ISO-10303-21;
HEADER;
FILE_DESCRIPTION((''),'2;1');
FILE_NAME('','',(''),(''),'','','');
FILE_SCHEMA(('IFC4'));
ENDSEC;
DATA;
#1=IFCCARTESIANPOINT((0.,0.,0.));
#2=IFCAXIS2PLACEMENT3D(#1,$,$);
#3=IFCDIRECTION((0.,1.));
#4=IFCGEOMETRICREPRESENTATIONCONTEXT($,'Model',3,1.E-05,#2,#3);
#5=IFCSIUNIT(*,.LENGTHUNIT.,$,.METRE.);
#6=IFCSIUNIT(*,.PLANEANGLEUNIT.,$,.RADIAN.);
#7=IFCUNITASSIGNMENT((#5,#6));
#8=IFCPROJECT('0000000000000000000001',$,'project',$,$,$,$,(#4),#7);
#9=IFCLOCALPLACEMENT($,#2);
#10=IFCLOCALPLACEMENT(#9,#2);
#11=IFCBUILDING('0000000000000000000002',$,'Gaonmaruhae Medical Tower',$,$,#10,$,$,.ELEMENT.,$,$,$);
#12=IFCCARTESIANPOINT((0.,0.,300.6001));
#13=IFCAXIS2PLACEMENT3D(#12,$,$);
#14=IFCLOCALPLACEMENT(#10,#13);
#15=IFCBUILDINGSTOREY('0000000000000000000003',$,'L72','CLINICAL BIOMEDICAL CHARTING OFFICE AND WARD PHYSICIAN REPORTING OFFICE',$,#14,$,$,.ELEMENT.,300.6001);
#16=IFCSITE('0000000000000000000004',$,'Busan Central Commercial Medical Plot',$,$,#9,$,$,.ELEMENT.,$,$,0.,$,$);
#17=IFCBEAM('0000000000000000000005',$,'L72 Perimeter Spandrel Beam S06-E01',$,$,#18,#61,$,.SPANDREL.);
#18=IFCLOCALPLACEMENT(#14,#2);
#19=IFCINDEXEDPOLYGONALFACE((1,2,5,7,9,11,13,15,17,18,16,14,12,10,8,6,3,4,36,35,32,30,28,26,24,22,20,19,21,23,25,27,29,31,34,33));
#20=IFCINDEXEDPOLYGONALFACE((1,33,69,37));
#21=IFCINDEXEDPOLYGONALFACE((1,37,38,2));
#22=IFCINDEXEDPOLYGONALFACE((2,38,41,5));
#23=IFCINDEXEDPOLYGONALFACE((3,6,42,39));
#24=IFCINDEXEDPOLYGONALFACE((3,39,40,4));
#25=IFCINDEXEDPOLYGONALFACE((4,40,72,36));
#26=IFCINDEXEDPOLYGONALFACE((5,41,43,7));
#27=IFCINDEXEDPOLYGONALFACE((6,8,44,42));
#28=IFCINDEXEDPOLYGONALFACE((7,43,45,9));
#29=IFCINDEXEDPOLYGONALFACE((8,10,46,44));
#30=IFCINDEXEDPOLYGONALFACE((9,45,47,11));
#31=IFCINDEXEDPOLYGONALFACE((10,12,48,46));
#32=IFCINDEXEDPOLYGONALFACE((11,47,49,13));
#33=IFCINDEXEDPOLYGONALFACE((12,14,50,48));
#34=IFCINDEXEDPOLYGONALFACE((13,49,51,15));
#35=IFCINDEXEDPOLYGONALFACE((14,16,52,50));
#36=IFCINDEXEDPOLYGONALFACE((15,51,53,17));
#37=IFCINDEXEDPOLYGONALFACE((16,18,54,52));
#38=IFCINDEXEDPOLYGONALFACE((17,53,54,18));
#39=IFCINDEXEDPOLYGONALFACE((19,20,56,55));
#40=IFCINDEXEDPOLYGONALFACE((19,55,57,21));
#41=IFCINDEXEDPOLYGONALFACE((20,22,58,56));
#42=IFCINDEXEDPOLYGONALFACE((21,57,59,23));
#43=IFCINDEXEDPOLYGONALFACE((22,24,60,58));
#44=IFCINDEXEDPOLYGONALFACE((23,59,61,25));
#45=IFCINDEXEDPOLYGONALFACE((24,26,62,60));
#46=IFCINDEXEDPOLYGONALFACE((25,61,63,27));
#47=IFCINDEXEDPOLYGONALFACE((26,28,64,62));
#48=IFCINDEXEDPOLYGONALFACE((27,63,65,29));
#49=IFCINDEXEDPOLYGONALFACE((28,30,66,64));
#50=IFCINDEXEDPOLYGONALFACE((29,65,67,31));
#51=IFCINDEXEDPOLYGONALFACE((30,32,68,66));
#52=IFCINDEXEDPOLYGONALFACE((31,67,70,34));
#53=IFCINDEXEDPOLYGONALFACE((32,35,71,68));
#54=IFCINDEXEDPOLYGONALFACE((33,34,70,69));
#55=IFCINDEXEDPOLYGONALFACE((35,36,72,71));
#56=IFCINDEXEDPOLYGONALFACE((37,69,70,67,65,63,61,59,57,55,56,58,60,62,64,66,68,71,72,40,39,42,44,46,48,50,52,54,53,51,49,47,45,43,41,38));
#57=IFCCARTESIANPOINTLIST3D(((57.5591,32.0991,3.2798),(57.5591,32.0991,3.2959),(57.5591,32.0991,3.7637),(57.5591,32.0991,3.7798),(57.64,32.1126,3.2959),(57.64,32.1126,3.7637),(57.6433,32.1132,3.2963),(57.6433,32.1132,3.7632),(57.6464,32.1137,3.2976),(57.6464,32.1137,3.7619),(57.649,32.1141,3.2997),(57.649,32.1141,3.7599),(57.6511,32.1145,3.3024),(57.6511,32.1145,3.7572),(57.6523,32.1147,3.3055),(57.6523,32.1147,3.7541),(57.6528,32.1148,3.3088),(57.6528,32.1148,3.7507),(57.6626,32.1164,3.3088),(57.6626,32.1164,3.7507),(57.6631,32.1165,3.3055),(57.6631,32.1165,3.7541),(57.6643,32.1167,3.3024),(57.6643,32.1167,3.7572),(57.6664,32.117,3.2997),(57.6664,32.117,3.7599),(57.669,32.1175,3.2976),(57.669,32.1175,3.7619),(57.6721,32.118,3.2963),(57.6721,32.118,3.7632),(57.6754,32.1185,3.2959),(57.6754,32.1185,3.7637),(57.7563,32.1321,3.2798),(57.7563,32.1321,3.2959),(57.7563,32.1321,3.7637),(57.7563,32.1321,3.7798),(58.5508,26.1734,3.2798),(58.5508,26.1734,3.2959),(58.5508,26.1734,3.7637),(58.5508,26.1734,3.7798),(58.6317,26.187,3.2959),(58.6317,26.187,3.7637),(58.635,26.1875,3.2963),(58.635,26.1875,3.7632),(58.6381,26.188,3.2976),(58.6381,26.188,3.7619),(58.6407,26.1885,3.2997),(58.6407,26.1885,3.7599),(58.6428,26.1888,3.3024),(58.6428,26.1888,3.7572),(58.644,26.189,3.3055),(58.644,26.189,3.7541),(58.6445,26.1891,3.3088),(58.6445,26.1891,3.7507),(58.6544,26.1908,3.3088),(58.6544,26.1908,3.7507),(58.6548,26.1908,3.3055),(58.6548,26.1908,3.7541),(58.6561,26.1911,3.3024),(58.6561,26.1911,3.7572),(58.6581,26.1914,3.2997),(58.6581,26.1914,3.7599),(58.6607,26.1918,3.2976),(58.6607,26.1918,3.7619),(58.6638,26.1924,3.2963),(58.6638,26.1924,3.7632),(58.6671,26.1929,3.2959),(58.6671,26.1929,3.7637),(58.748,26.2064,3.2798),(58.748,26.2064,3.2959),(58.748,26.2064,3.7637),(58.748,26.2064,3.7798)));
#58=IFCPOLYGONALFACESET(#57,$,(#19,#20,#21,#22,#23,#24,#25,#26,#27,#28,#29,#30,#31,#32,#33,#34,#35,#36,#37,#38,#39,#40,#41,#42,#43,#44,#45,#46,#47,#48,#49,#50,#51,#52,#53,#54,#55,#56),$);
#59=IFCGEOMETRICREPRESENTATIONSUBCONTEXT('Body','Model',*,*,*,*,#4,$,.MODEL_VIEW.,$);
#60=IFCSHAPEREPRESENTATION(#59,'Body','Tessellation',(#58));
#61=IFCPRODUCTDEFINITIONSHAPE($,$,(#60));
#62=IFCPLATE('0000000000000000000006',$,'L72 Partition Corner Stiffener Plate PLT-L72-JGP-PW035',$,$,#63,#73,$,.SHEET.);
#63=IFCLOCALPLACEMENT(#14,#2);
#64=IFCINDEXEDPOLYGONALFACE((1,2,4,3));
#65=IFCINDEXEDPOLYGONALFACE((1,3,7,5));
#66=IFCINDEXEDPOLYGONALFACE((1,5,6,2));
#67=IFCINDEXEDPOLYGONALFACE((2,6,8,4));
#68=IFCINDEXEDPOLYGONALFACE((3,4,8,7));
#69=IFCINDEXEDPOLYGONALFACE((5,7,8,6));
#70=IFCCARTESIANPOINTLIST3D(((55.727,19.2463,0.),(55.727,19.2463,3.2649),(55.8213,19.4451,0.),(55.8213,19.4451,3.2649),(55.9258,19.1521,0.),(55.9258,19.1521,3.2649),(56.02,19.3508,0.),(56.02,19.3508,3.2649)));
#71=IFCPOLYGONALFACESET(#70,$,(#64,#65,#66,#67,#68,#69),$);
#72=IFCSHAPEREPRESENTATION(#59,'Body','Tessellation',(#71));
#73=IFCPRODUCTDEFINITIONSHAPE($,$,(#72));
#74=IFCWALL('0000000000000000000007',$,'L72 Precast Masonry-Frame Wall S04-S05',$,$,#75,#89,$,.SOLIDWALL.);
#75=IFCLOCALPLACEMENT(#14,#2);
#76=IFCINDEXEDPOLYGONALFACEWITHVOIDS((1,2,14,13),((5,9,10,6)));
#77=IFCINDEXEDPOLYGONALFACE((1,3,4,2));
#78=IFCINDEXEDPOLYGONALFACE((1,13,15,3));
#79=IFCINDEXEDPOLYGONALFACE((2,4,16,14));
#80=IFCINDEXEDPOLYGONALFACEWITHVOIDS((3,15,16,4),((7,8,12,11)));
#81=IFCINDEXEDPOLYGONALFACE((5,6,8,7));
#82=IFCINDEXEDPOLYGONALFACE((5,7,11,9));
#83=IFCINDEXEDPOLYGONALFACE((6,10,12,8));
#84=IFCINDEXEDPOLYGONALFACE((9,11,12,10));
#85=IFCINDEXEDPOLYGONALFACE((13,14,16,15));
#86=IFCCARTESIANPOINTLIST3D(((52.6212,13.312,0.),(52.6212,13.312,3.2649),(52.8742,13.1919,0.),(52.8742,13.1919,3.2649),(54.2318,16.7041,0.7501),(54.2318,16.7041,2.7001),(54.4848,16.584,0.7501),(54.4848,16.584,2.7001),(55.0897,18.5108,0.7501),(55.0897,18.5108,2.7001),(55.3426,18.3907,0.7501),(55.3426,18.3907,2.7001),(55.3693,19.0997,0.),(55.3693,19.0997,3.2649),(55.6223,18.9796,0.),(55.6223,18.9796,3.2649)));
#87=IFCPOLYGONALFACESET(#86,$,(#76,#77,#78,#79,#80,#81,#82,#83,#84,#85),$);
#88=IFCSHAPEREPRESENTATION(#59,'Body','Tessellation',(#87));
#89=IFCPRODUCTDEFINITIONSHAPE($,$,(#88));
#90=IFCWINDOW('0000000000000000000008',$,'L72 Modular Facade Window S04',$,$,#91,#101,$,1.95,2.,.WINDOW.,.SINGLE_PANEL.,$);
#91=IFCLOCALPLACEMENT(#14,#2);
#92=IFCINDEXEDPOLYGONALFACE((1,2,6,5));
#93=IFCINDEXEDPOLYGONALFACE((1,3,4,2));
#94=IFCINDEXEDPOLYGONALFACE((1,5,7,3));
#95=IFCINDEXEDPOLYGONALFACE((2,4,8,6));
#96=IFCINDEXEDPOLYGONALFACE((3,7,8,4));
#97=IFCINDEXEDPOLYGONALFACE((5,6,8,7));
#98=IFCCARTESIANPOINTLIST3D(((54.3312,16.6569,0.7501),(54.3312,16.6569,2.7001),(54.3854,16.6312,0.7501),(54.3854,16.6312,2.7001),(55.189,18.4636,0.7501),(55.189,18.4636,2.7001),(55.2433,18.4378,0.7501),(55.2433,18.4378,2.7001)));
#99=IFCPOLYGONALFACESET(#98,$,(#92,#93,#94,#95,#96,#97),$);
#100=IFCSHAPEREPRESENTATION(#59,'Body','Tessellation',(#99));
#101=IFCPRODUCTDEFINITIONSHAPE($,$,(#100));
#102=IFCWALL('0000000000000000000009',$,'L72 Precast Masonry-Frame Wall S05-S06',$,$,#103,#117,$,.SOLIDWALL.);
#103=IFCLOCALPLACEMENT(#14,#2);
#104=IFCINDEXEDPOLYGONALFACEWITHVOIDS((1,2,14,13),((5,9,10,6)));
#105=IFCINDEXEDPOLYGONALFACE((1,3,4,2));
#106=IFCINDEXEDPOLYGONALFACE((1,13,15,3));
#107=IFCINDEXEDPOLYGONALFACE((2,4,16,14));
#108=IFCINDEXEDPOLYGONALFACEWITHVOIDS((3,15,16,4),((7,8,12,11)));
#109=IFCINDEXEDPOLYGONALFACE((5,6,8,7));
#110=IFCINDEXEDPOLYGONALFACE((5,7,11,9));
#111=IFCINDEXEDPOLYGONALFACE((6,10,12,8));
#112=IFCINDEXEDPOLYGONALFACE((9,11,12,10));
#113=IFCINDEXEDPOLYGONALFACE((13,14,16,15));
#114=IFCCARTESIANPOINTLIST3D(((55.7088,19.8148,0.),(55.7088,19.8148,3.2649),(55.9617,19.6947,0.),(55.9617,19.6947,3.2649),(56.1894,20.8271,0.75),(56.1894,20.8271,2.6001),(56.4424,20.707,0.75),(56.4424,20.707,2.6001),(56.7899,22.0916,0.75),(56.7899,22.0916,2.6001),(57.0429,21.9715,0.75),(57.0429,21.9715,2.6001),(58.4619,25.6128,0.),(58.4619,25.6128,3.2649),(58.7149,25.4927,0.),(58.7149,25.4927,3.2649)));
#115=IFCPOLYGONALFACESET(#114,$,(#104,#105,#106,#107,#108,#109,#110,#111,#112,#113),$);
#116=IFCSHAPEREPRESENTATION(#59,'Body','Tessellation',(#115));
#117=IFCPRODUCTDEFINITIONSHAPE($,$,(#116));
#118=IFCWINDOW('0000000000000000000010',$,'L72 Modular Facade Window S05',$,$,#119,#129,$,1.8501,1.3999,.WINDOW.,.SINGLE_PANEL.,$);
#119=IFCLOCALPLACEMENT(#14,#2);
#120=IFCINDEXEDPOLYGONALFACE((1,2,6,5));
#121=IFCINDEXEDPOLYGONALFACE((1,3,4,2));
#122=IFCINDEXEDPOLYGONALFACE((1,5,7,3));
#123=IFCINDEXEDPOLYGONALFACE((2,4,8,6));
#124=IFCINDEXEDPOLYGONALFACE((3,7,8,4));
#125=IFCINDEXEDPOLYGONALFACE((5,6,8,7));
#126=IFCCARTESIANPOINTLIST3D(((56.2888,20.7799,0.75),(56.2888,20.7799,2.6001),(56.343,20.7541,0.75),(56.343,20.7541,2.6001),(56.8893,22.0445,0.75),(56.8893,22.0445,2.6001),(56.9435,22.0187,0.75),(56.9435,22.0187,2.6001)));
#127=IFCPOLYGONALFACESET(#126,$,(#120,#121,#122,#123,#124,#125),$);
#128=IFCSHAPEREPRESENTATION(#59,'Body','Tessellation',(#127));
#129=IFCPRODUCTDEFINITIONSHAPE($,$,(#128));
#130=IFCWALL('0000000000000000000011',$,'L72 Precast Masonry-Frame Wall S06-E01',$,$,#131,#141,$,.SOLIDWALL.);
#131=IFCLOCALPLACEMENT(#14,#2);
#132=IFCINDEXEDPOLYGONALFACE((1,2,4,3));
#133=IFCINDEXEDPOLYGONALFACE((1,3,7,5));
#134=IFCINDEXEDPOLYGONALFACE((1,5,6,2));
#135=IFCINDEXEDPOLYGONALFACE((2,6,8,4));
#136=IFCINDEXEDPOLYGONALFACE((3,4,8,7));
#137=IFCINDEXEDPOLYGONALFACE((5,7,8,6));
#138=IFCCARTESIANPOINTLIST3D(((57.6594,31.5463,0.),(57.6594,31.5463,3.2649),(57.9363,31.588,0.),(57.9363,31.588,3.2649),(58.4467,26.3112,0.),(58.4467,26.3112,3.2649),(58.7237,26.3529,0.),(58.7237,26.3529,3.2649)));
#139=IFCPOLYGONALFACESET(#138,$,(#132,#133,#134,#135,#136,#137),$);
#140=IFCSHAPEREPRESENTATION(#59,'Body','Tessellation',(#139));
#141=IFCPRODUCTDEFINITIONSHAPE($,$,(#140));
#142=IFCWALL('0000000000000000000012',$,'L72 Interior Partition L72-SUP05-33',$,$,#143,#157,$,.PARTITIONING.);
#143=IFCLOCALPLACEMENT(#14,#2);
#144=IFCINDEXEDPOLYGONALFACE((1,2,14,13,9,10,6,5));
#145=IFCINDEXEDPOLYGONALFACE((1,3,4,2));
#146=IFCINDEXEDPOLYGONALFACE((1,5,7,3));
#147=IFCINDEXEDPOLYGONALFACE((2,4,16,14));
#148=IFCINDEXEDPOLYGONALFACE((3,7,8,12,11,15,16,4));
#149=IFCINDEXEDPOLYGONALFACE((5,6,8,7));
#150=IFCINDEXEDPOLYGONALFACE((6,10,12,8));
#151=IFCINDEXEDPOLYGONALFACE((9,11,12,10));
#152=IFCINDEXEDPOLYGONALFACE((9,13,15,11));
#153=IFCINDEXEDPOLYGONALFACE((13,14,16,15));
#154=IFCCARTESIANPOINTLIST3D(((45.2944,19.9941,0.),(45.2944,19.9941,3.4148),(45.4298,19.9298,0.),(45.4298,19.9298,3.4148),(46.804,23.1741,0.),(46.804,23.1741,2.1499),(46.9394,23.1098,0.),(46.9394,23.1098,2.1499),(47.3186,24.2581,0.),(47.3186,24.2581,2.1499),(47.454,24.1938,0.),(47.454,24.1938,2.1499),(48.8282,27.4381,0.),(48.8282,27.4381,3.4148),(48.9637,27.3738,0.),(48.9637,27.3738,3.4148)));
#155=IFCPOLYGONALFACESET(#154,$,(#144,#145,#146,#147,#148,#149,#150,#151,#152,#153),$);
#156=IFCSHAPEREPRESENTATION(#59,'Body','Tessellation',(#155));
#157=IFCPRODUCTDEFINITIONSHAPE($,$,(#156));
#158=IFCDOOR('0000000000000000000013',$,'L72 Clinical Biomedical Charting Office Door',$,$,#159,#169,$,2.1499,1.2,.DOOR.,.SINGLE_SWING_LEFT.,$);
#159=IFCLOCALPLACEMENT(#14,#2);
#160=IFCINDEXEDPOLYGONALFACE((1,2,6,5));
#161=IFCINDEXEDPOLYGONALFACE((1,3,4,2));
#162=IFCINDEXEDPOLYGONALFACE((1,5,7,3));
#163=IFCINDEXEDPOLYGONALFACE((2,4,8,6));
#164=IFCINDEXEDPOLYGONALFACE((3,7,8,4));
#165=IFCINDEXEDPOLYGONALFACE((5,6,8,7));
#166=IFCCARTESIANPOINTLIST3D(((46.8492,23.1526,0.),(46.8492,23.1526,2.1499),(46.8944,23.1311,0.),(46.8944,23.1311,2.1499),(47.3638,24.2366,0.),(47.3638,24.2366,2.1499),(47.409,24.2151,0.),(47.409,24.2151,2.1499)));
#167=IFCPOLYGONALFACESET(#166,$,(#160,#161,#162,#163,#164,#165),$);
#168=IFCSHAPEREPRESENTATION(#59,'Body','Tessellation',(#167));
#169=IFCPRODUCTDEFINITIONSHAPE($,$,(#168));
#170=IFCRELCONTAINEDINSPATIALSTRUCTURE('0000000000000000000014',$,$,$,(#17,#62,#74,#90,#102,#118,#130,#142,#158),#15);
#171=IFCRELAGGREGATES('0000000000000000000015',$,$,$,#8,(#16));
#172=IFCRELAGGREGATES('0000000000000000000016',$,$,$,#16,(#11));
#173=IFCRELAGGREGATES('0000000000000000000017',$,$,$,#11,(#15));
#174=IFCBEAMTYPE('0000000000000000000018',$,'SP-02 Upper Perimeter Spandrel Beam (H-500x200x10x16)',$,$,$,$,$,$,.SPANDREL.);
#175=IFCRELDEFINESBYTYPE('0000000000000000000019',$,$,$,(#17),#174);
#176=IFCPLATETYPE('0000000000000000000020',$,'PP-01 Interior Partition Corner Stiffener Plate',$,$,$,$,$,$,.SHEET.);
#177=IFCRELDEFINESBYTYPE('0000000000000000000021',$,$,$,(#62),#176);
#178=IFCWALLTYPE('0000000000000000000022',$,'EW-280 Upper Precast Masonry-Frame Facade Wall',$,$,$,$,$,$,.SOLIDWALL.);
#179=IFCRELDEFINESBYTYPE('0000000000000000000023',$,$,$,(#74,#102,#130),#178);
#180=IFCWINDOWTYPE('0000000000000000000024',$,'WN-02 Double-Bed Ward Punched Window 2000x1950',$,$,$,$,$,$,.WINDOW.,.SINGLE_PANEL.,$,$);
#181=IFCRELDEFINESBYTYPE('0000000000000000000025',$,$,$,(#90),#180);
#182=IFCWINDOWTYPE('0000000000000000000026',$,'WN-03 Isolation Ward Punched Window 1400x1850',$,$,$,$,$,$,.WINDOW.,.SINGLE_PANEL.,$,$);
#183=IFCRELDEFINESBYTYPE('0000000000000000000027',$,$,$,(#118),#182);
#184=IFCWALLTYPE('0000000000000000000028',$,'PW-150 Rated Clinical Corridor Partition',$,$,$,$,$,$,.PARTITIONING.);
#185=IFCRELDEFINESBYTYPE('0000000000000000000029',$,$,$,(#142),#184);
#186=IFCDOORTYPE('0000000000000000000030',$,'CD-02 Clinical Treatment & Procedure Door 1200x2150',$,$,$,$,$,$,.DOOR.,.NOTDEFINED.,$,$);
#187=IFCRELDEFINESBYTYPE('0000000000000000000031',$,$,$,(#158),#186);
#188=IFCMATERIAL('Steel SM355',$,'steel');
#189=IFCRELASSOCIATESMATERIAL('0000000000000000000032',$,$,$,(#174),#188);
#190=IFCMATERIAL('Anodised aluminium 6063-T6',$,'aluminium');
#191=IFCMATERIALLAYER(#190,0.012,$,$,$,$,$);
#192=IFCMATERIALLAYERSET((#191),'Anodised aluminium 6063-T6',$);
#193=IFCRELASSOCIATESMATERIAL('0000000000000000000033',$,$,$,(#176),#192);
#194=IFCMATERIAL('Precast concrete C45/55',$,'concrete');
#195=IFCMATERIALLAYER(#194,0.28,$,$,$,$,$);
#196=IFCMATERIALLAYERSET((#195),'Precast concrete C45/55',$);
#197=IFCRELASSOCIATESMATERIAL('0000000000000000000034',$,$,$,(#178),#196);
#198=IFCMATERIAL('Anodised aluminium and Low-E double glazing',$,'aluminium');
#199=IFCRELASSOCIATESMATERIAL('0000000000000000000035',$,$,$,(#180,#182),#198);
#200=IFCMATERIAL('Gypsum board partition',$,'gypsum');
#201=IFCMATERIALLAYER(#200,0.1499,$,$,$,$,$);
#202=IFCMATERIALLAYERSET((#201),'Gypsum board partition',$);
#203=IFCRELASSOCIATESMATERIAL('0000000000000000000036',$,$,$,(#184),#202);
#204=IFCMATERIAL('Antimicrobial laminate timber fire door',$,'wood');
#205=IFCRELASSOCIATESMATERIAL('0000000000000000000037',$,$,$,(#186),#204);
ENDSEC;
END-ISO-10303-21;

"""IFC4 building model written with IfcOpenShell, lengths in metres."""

from ifc_helpers import new_model, si_unit, direction, frame, frame_2d, origin, origin_2d, place, context, subcontext, project, spatial, rectangle, i_section, extrude, material, layer, layer_set, material_profile, profile_set, type_object, element, fill, save


model = new_model("IFC4")

# Units and contexts
model_context = context("Model", 3, precision=1e-05, world=origin(), true_north=direction((0.0, 1.0)))
body_context = subcontext(model_context, "Body", "Model", "MODEL_VIEW")
ifc_project = project(units=[si_unit("LENGTHUNIT", "METRE"), si_unit("PLANEANGLEUNIT", "RADIAN")], contexts=[model_context])

# Site, building, storey
site_placement = place(None, origin())
site = spatial("IfcSite", under=ifc_project, at=site_placement, Name="Busan Central Commercial Medical Plot", CompositionType="ELEMENT", RefElevation=0.0)
building_placement = place(site_placement, origin())
building = spatial("IfcBuilding", under=site, at=building_placement, Name="Gaonmaruhae Medical Tower", CompositionType="ELEMENT")
storey_placement = place(building_placement, frame((0.0, 0.0, 300.6001)))
storey = spatial("IfcBuildingStorey", under=building, at=storey_placement, Name="L72", Description="CLINICAL BIOMEDICAL CHARTING OFFICE AND WARD PHYSICIAN REPORTING OFFICE", CompositionType="ELEMENT", Elevation=300.6001)

# Beam
ifc_material_1 = material(Name="Steel SM355", Category="steel")
ifc_material_profile_1 = material_profile(ifc_material_1, i_section(OverallWidth=0.2, OverallDepth=0.5, WebThickness=0.01, FlangeThickness=0.0161, FilletRadius=0.0129, at=origin_2d()), Name="H-500x200x10x16")
ifc_profile_set_1 = profile_set([ifc_material_profile_1], Name="Steel SM355")
beam_type_1 = type_object("IfcBeamType", Name="SP-02 Upper Perimeter Spandrel Beam (H-500x200x10x16)", PredefinedType="SPANDREL", material=ifc_profile_set_1)
beam_1_placement = place(storey_placement, frame((58.6494, 26.1899, 3.5298), z_axis=(-0.165065, 0.986283, 0.0), x_axis=(-0.986283, -0.165065, 0.0)))
element("IfcBeam", 1, at=beam_1_placement, inside=storey, type_object=beam_type_1, Name="L72 Perimeter Spandrel Beam S06-E01", PredefinedType="SPANDREL", context=body_context, shape_type="SweptSolid", body=[
    extrude(i_section(OverallWidth=0.2, OverallDepth=0.5, WebThickness=0.01, FlangeThickness=0.0161, FilletRadius=0.0129, at=origin_2d()), origin(), (0.0, 0.0, 1.0), 6.0081),
])

# Plate
ifc_material_2 = material(Name="Anodised aluminium 6063-T6", Category="aluminium")
ifc_layer_1 = layer(ifc_material_2, 0.012)
ifc_layer_set_1 = layer_set([ifc_layer_1], Name="Anodised aluminium 6063-T6")
plate_type = type_object("IfcPlateType", Name="PP-01 Interior Partition Corner Stiffener Plate", PredefinedType="SHEET", material=ifc_layer_set_1)
plate_placement = place(storey_placement, frame((55.8735, 19.2986, 0.0), z_axis=(0.0, 0.0, 1.0), x_axis=(-0.428415, -0.903582, 0.0)))
element("IfcPlate", 2, at=plate_placement, inside=storey, type_object=plate_type, Name="L72 Partition Corner Stiffener Plate PLT-L72-JGP-PW035", PredefinedType="SHEET", context=body_context, shape_type="SweptSolid", body=[
    extrude(rectangle(XDim=0.22, YDim=0.22, at=origin_2d()), origin(), (0.0, 0.0, 1.0), 3.2649),
])

# Walls, openings, windows
ifc_material_3 = material(Name="Precast concrete C45/55", Category="concrete")
ifc_layer_2 = layer(ifc_material_3, 0.28)
ifc_layer_set_2 = layer_set([ifc_layer_2], Name="Precast concrete C45/55")
wall_type_1 = type_object("IfcWallType", Name="EW-280 Upper Precast Masonry-Frame Facade Wall", PredefinedType="SOLIDWALL", material=ifc_layer_set_2)
wall_1_placement = place(storey_placement, frame((55.4958, 19.0398, 0.0), z_axis=(0.0, 0.0, 1.0), x_axis=(-0.428922, -0.903342, 0.0)))
wall_1 = element("IfcWall", 3, at=wall_1_placement, inside=storey, type_object=wall_type_1, Name="L72 Precast Masonry-Frame Wall S04-S05", PredefinedType="SOLIDWALL", context=body_context, shape_type="SweptSolid", body=[
    extrude(rectangle(XDim=6.407, YDim=0.28, at=frame_2d((3.2036, 0.0))), origin(), (0.0, 0.0, 1.0), 3.2649),
])
opening_1_placement = place(wall_1_placement, frame((0.6521, 0.0, 0.75)))
opening_1 = element("IfcOpeningElement", 4, at=opening_1_placement, cuts=wall_1, PredefinedType="OPENING", context=body_context, shape_type="SweptSolid", body=[
    extrude(rectangle(XDim=2.0, YDim=1.95, at=frame_2d((1.0, 0.9751))), frame((0.0, 0.1499, 0.0), z_axis=(0.0, -1.0, 0.0), x_axis=(1.0, 0.0, 0.0)), (0.0, 0.0, 1.0), 0.3),
])
ifc_material_4 = material(Name="Anodised aluminium and Low-E double glazing", Category="aluminium")
window_type_1 = type_object("IfcWindowType", Name="WN-02 Double-Bed Ward Punched Window 2000x1950", PartitioningType="SINGLE_PANEL", PredefinedType="WINDOW", material=ifc_material_4)
window_1_placement = place(opening_1_placement, origin())
window_1 = element("IfcWindow", 5, at=window_1_placement, inside=storey, type_object=window_type_1, Name="L72 Modular Facade Window S04", OverallHeight=1.95, OverallWidth=2.0, PartitioningType="SINGLE_PANEL", PredefinedType="WINDOW", context=body_context, shape_type="SweptSolid", body=[
    extrude(rectangle(XDim=2.0, YDim=1.95, at=frame_2d((1.0, 0.9751))), frame((0.0, 0.03, 0.0), z_axis=(0.0, -1.0, 0.0), x_axis=(1.0, 0.0, 0.0)), (0.0, 0.0, 1.0), 0.0601),
])
fill(opening_1, window_1)
wall_2_placement = place(storey_placement, frame((58.5884, 25.5527, 0.0), z_axis=(0.0, 0.0, 1.0), x_axis=(-0.42894, -0.903333, 0.0)))
wall_2 = element("IfcWall", 6, at=wall_2_placement, inside=storey, type_object=wall_type_1, Name="L72 Precast Masonry-Frame Wall S05-S06", PredefinedType="SOLIDWALL", context=body_context, shape_type="SweptSolid", body=[
    extrude(rectangle(XDim=6.4185, YDim=0.28, at=frame_2d((3.2092, 0.0))), origin(), (0.0, 0.0, 1.0), 3.2649),
])
opening_2_placement = place(wall_2_placement, frame((3.8979, 0.0, 0.75)))
opening_2 = element("IfcOpeningElement", 7, at=opening_2_placement, cuts=wall_2, PredefinedType="OPENING", context=body_context, shape_type="SweptSolid", body=[
    extrude(rectangle(XDim=1.3999, YDim=1.8501, at=frame_2d((0.7, 0.925))), frame((0.0, 0.1499, 0.0), z_axis=(0.0, -1.0, 0.0), x_axis=(1.0, 0.0, 0.0)), (0.0, 0.0, 1.0), 0.3),
])
window_type_2 = type_object("IfcWindowType", Name="WN-03 Isolation Ward Punched Window 1400x1850", PartitioningType="SINGLE_PANEL", PredefinedType="WINDOW", material=ifc_material_4)
window_2_placement = place(opening_2_placement, origin())
window_2 = element("IfcWindow", 8, at=window_2_placement, inside=storey, type_object=window_type_2, Name="L72 Modular Facade Window S05", OverallHeight=1.8501, OverallWidth=1.3999, PartitioningType="SINGLE_PANEL", PredefinedType="WINDOW", context=body_context, shape_type="SweptSolid", body=[
    extrude(rectangle(XDim=1.3999, YDim=1.8501, at=frame_2d((0.7, 0.925))), frame((0.0, 0.03, 0.0), z_axis=(0.0, -1.0, 0.0), x_axis=(1.0, 0.0, 0.0)), (0.0, 0.0, 1.0), 0.0601),
])
fill(opening_2, window_2)

# Wall
wall_3_placement = place(storey_placement, frame((57.7979, 31.5671, 0.0), z_axis=(0.0, 0.0, 1.0), x_axis=(0.148726, -0.988878, 0.0)))
element("IfcWall", 9, at=wall_3_placement, inside=storey, type_object=wall_type_1, Name="L72 Precast Masonry-Frame Wall S06-E01", PredefinedType="SOLIDWALL", context=body_context, shape_type="SweptSolid", body=[
    extrude(rectangle(XDim=5.2939, YDim=0.28, at=frame_2d((2.647, 0.0))), origin(), (0.0, 0.0, 1.0), 3.2649),
])

# Wall, opening, door
ifc_material_5 = material(Name="Gypsum board partition", Category="gypsum")
ifc_layer_3 = layer(ifc_material_5, 0.1499)
ifc_layer_set_3 = layer_set([ifc_layer_3], Name="Gypsum board partition")
wall_type_2 = type_object("IfcWallType", Name="PW-150 Rated Clinical Corridor Partition", PredefinedType="PARTITIONING", material=ifc_layer_set_3)
wall_4_placement = place(storey_placement, frame((45.3621, 19.9619, 0.0), z_axis=(0.0, 0.0, 1.0), x_axis=(0.428858, 0.903372, 0.0)))
wall_4 = element("IfcWall", 10, at=wall_4_placement, inside=storey, type_object=wall_type_2, Name="L72 Interior Partition L72-SUP05-33", PredefinedType="PARTITIONING", context=body_context, shape_type="SweptSolid", body=[
    extrude(rectangle(XDim=8.2402, YDim=0.1499, at=frame_2d((4.1201, 0.0))), origin(), (0.0, 0.0, 1.0), 3.4148),
])
opening_3_placement = place(wall_4_placement, frame((3.52, 0.0, 0.0)))
opening_3 = element("IfcOpeningElement", 11, at=opening_3_placement, cuts=wall_4, PredefinedType="OPENING", context=body_context, shape_type="SweptSolid", body=[
    extrude(rectangle(XDim=1.2, YDim=2.1499, at=frame_2d((0.6001, 1.075))), frame((0.0, 0.085, 0.0), z_axis=(0.0, -1.0, 0.0), x_axis=(1.0, 0.0, 0.0)), (0.0, 0.0, 1.0), 0.1699),
])
ifc_material_6 = material(Name="Antimicrobial laminate timber fire door", Category="wood")
door_type = type_object("IfcDoorType", Name="CD-02 Clinical Treatment & Procedure Door 1200x2150", OperationType="NOTDEFINED", PredefinedType="DOOR", material=ifc_material_6)
door_1_placement = place(opening_3_placement, origin())
door_1 = element("IfcDoor", 12, at=door_1_placement, inside=storey, type_object=door_type, Name="L72 Clinical Biomedical Charting Office Door", OperationType="SINGLE_SWING_LEFT", OverallHeight=2.1499, OverallWidth=1.2, PredefinedType="DOOR", context=body_context, shape_type="SweptSolid", body=[
    extrude(rectangle(XDim=1.2, YDim=2.1499, at=frame_2d((0.6001, 1.075))), frame((0.0, 0.0249, 0.0), z_axis=(0.0, -1.0, 0.0), x_axis=(1.0, 0.0, 0.0)), (0.0, 0.0, 1.0), 0.05),
])
fill(opening_3, door_1)

save(model, "model.ifc")
